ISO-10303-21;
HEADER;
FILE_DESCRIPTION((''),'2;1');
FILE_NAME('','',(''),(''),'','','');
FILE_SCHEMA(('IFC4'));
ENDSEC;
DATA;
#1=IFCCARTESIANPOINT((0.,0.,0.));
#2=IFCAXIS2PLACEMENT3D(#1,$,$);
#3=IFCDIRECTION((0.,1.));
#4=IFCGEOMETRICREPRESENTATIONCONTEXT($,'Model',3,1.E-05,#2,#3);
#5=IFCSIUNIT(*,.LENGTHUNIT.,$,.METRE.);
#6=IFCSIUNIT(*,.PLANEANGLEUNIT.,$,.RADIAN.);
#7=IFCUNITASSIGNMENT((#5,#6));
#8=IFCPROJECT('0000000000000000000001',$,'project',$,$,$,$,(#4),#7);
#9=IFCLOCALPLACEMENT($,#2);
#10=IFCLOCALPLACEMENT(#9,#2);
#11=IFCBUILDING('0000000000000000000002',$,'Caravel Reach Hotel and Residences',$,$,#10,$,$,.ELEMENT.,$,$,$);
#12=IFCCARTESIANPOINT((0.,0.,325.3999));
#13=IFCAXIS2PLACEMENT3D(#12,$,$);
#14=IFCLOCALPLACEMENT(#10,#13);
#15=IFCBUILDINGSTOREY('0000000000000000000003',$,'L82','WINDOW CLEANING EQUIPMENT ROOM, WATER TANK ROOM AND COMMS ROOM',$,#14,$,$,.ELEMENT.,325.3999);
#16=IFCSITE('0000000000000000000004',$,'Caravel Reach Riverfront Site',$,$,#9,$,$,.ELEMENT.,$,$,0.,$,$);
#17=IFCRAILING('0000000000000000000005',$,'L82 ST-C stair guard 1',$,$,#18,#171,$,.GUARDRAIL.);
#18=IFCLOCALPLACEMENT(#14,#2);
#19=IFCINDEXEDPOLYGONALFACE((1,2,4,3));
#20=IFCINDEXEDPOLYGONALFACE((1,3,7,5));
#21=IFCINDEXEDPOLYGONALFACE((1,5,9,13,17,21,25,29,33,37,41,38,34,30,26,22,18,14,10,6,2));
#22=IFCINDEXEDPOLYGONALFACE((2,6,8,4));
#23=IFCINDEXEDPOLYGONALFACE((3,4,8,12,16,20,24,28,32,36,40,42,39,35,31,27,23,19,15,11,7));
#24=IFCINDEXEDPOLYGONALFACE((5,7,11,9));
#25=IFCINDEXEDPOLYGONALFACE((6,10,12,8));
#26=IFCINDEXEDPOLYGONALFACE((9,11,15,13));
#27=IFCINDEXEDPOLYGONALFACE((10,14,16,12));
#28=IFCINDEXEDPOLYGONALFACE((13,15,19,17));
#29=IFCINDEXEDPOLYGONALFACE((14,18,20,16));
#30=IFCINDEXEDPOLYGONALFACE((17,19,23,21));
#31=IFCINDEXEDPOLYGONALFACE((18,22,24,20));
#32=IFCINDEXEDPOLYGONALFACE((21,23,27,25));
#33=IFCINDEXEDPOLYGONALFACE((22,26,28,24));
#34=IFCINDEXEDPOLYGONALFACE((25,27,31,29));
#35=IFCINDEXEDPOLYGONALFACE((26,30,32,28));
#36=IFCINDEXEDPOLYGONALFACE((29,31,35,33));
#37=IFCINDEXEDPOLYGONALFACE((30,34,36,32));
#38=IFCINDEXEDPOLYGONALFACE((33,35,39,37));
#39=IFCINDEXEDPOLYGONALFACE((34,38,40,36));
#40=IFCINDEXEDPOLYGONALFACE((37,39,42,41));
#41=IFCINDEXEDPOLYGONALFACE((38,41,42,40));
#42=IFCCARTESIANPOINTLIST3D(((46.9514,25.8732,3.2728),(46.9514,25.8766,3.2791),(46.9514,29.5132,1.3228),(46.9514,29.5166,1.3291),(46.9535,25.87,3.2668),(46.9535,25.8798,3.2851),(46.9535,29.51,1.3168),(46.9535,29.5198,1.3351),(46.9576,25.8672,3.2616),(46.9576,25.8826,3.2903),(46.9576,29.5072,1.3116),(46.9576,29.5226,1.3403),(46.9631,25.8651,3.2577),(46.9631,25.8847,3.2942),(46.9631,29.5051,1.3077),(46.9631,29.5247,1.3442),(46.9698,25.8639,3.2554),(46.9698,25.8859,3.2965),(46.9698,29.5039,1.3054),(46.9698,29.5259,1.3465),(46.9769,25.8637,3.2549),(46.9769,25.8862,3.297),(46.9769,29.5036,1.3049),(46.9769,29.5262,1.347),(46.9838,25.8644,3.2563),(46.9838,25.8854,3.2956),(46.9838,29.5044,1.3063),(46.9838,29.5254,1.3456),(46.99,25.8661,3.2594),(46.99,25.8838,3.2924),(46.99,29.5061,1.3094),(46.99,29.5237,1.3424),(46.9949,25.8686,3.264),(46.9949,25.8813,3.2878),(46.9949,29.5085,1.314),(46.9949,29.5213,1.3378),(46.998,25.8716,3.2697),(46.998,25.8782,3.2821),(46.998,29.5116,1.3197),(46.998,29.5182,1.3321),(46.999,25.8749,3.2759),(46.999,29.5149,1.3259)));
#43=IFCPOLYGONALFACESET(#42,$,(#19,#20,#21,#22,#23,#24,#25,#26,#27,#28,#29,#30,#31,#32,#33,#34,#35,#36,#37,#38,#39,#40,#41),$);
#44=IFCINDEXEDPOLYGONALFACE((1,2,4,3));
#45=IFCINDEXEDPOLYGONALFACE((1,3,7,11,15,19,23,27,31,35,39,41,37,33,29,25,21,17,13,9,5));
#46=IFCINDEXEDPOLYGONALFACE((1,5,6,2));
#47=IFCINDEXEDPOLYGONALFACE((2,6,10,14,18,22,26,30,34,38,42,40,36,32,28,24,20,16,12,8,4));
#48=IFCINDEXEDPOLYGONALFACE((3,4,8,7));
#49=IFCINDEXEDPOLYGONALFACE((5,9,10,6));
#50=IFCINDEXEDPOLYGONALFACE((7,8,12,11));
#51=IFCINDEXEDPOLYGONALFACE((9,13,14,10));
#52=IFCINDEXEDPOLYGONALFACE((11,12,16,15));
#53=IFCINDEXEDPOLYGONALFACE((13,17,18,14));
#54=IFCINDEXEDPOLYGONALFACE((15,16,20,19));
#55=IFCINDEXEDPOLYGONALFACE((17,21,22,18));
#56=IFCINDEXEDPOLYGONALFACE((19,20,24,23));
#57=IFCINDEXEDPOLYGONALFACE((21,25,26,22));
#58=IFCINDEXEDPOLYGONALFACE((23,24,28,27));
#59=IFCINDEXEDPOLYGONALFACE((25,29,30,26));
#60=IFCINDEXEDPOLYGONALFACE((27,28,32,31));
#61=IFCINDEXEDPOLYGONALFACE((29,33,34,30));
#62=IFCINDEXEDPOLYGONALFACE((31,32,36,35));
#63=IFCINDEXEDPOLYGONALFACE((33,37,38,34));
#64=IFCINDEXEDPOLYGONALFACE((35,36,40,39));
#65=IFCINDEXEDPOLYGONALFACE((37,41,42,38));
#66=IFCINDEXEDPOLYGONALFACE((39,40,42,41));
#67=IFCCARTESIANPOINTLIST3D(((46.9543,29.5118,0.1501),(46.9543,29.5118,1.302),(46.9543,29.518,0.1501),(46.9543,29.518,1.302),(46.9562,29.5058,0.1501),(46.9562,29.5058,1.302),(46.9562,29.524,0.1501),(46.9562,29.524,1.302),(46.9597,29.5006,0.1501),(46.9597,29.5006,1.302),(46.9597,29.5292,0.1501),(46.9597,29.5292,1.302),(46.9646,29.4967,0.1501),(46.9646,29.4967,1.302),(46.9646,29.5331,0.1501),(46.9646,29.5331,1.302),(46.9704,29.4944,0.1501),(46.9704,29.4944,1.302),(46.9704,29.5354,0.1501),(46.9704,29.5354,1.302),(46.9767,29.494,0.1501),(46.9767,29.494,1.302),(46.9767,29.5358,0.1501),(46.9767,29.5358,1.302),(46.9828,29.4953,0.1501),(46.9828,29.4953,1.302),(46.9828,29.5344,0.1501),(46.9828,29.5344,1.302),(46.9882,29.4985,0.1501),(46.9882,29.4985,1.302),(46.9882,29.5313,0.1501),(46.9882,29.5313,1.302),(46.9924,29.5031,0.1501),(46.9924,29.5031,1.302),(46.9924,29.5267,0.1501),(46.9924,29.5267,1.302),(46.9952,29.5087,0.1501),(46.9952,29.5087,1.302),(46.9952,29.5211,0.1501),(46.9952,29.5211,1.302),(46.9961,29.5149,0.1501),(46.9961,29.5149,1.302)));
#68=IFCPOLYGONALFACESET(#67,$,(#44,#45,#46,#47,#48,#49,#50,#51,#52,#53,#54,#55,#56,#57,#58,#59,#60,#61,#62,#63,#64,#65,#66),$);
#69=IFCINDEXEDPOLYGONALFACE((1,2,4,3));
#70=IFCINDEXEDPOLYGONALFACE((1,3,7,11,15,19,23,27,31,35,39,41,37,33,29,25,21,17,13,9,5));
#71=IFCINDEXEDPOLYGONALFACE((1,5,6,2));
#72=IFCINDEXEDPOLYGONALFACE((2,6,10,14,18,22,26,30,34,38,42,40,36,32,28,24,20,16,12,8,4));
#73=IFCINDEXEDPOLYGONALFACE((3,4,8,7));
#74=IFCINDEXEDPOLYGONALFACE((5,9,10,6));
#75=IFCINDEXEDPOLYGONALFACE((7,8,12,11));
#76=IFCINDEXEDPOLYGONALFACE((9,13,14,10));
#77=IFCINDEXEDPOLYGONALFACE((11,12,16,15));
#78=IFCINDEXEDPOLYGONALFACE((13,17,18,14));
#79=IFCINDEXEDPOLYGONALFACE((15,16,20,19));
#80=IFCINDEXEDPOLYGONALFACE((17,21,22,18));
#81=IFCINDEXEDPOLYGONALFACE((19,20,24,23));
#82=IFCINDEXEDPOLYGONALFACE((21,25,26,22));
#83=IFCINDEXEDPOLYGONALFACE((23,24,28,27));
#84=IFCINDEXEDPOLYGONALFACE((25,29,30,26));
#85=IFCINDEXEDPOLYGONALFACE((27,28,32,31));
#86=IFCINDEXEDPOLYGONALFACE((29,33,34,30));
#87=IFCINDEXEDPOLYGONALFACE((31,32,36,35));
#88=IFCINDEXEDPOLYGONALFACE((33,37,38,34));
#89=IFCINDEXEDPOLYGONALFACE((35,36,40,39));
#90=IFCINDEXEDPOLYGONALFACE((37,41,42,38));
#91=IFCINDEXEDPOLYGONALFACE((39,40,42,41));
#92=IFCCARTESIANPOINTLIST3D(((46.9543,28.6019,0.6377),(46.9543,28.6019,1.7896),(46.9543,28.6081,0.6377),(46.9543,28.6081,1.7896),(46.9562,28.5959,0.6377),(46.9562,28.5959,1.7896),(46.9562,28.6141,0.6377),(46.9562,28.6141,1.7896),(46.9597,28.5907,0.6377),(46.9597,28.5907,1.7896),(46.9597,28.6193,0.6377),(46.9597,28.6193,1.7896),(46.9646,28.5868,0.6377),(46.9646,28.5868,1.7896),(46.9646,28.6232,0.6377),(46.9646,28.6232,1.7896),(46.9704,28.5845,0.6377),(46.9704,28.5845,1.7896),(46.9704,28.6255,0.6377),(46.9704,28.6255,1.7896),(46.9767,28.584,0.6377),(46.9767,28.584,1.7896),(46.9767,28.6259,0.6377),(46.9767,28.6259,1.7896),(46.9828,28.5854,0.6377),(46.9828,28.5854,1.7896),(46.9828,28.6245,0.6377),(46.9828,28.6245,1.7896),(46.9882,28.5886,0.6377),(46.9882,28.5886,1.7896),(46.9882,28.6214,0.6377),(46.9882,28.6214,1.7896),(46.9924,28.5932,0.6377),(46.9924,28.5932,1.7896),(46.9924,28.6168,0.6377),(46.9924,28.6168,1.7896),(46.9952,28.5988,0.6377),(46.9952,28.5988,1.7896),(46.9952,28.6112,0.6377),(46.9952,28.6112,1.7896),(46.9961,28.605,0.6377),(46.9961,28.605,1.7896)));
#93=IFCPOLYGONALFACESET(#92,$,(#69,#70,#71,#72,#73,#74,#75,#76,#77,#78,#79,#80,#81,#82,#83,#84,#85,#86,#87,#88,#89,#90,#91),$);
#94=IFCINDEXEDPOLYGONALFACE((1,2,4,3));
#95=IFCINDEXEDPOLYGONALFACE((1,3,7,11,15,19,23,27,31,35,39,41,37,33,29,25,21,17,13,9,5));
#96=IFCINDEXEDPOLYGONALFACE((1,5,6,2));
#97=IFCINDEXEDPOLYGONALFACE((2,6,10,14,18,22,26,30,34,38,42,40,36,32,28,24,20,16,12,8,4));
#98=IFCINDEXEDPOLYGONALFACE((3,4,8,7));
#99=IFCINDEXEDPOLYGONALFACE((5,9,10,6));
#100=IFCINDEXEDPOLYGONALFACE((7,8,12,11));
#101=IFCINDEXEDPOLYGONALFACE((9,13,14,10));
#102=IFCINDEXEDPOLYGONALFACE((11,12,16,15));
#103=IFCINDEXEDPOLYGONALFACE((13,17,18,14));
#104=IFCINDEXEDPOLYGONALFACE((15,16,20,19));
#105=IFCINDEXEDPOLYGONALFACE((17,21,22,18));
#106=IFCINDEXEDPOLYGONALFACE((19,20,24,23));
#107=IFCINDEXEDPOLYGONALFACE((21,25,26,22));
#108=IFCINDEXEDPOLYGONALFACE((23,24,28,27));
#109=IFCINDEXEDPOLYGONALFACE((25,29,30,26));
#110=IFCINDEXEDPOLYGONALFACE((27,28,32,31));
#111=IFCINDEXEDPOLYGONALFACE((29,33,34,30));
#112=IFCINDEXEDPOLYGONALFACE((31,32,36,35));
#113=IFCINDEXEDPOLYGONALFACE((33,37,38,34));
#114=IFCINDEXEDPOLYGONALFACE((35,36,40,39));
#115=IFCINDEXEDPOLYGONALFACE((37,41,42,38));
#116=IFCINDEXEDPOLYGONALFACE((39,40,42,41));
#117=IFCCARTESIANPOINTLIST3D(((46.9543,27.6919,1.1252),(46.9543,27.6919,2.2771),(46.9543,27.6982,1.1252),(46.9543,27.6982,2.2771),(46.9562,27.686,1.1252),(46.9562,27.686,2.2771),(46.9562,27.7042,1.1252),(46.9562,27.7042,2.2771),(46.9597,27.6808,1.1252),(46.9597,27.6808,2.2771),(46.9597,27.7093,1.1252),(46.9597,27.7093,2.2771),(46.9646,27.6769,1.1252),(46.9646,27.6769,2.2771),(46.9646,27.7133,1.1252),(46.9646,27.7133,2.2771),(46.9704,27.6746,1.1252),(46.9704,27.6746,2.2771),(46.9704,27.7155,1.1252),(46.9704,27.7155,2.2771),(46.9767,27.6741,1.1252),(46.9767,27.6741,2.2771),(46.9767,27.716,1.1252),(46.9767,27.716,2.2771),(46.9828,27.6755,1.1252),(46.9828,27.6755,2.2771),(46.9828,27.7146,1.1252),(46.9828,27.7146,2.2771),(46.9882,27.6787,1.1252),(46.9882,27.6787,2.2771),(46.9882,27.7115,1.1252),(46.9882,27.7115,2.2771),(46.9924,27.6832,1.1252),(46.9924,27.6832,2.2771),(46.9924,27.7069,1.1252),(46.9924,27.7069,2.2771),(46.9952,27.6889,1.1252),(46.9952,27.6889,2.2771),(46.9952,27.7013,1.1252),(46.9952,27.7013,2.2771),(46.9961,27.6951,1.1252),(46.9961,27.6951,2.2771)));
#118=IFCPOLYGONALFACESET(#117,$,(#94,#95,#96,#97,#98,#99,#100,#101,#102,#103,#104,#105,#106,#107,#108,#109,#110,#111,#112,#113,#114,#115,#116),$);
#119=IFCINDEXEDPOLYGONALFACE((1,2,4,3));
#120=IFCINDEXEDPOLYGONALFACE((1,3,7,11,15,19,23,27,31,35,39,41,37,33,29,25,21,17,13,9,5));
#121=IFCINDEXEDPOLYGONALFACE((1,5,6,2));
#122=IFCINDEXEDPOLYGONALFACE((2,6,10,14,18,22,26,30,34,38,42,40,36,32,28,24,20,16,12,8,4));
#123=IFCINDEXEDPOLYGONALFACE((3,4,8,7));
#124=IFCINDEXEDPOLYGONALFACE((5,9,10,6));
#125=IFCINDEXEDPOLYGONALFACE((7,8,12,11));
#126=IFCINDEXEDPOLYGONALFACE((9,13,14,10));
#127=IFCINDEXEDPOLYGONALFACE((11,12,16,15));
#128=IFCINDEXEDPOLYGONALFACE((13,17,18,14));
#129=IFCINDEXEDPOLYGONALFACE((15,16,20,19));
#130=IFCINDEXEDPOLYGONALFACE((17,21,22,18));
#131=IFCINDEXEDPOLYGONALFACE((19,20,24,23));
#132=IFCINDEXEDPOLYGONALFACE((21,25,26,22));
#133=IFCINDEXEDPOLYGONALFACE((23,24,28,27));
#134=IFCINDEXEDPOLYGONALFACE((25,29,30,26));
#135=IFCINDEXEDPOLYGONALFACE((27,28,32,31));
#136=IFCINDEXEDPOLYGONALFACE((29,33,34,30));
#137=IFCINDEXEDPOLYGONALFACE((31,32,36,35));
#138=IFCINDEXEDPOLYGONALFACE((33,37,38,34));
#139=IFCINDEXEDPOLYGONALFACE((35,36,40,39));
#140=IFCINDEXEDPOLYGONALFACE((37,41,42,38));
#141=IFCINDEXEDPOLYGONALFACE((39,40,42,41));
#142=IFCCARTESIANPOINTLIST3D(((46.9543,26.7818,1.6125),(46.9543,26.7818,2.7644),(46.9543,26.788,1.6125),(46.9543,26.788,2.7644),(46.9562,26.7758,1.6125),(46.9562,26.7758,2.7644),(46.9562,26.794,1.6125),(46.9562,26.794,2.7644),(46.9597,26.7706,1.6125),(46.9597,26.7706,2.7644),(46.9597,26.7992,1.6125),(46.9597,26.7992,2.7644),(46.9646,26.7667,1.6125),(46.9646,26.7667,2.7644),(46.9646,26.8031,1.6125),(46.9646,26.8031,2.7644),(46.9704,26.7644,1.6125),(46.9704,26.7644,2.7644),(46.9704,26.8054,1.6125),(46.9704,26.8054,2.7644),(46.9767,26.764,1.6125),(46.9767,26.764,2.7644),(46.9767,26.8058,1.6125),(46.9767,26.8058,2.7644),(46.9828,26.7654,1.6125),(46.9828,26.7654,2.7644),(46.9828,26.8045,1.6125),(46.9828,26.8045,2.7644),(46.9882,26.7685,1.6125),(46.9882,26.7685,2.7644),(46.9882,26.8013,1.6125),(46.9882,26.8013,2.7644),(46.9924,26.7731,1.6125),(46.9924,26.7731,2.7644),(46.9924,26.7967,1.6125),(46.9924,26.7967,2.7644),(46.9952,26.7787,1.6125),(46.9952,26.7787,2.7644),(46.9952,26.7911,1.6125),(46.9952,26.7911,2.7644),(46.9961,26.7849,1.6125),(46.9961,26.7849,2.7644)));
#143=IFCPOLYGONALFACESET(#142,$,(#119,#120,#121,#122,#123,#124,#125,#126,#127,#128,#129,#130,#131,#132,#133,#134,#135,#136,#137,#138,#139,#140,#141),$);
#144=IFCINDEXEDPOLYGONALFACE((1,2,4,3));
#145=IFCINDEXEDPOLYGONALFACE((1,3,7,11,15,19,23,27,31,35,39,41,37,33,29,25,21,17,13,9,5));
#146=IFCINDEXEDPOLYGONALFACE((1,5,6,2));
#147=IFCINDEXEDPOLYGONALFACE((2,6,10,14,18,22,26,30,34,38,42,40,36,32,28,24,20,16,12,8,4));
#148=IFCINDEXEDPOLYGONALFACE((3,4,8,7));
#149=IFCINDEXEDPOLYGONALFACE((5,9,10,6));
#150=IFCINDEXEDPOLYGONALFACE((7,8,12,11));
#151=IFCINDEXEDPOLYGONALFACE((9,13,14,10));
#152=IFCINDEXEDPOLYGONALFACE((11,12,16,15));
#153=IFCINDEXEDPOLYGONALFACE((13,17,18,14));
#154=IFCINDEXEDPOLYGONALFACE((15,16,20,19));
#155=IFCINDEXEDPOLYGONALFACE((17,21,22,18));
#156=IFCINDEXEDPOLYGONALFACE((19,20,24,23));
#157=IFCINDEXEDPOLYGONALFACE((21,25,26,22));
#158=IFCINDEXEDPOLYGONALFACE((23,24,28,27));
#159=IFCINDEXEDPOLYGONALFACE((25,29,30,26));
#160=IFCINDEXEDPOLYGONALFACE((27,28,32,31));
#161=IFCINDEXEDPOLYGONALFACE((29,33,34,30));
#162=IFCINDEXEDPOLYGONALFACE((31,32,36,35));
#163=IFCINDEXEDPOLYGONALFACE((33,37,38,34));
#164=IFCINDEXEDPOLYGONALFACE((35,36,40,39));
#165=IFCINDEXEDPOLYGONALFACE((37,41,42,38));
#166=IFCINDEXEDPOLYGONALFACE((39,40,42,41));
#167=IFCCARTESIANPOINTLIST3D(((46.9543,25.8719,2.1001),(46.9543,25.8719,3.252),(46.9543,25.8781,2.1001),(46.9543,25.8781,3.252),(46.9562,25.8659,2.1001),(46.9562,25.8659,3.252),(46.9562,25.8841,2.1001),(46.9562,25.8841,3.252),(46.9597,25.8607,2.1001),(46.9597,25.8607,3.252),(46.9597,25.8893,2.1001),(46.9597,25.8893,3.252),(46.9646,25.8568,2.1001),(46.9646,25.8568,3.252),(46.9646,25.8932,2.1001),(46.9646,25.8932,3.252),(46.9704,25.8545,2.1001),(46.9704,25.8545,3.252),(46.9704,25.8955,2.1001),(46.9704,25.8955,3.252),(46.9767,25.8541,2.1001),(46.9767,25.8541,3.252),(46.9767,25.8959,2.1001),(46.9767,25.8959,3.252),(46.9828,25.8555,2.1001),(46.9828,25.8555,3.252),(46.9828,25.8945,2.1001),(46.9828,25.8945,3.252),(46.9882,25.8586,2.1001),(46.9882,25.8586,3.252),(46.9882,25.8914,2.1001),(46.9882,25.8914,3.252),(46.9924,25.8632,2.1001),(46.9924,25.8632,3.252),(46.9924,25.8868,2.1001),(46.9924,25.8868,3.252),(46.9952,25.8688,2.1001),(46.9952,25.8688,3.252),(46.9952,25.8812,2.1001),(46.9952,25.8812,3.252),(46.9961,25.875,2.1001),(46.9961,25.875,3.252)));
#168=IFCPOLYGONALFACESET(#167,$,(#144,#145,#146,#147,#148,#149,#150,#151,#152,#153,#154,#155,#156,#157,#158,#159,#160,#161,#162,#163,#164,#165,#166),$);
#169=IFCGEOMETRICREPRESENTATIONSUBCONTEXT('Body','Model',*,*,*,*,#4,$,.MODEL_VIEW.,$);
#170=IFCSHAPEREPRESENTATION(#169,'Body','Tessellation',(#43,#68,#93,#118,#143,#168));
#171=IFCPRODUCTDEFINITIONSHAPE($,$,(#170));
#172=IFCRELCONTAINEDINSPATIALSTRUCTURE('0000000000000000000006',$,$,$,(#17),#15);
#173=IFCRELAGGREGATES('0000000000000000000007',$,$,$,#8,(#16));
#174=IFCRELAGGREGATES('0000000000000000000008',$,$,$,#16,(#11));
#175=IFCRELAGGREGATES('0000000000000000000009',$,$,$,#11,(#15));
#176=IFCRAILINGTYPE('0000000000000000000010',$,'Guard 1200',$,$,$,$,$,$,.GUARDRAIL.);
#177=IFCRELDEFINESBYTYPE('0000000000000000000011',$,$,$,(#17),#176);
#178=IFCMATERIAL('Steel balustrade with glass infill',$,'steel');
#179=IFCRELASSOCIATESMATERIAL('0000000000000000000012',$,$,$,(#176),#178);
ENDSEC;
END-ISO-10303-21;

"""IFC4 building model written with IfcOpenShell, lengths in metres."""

from ifc_helpers import new_model, si_unit, direction, frame, origin, origin_2d, place, context, subcontext, project, spatial, circle, extrude, material, type_object, element, save


model = new_model("IFC4")

# Units and contexts
model_context = context("Model", 3, precision=1e-05, world=origin(), true_north=direction((0.0, 1.0)))
body_context = subcontext(model_context, "Body", "Model", "MODEL_VIEW")
ifc_project = project(units=[si_unit("LENGTHUNIT", "METRE"), si_unit("PLANEANGLEUNIT", "RADIAN")], contexts=[model_context])

# Site, building, storey
site_placement = place(None, origin())
site = spatial("IfcSite", under=ifc_project, at=site_placement, Name="Caravel Reach Riverfront Site", CompositionType="ELEMENT", RefElevation=0.0)
building_placement = place(site_placement, origin())
building = spatial("IfcBuilding", under=site, at=building_placement, Name="Caravel Reach Hotel and Residences", CompositionType="ELEMENT")
storey_placement = place(building_placement, frame((0.0, 0.0, 325.3999)))
storey = spatial("IfcBuildingStorey", under=building, at=storey_placement, Name="L82", Description="WINDOW CLEANING EQUIPMENT ROOM, WATER TANK ROOM AND COMMS ROOM", CompositionType="ELEMENT", Elevation=325.3999)

# Railing
ifc_material_1 = material(Name="Steel balustrade with glass infill", Category="steel")
railing_type_1 = type_object("IfcRailingType", Name="Guard 1200", PredefinedType="GUARDRAIL", material=ifc_material_1)
railing_1_placement = place(storey_placement, frame((46.9751, 29.5149, 0.1501)))
element("IfcRailing", 1, at=railing_1_placement, inside=storey, type_object=railing_type_1, Name="L82 ST-C stair guard 1", PredefinedType="GUARDRAIL", context=body_context, shape_type="SweptSolid", body=[
    extrude(circle(Radius=0.0239, at=origin_2d()), frame((0.0, 0.0, 1.1758), z_axis=(0.0, -0.881479, 0.472223), x_axis=(1.0, 0.0, 0.0)), (0.0, 0.0, 1.0), 4.1294),
    extrude(circle(Radius=0.021, at=origin_2d()), origin(), (0.0, 0.0, 1.0), 1.1519),
    extrude(circle(Radius=0.021, at=origin_2d()), frame((0.0, -0.9099, 0.4875)), (0.0, 0.0, 1.0), 1.1519),
    extrude(circle(Radius=0.021, at=origin_2d()), frame((0.0, -1.8198, 0.9751)), (0.0, 0.0, 1.0), 1.1519),
    extrude(circle(Radius=0.021, at=origin_2d()), frame((0.0, -2.73, 1.4624)), (0.0, 0.0, 1.0), 1.1519),
    extrude(circle(Radius=0.021, at=origin_2d()), frame((0.0, -3.6399, 1.95)), (0.0, 0.0, 1.0), 1.1519),
])

save(model, "model.ifc")
